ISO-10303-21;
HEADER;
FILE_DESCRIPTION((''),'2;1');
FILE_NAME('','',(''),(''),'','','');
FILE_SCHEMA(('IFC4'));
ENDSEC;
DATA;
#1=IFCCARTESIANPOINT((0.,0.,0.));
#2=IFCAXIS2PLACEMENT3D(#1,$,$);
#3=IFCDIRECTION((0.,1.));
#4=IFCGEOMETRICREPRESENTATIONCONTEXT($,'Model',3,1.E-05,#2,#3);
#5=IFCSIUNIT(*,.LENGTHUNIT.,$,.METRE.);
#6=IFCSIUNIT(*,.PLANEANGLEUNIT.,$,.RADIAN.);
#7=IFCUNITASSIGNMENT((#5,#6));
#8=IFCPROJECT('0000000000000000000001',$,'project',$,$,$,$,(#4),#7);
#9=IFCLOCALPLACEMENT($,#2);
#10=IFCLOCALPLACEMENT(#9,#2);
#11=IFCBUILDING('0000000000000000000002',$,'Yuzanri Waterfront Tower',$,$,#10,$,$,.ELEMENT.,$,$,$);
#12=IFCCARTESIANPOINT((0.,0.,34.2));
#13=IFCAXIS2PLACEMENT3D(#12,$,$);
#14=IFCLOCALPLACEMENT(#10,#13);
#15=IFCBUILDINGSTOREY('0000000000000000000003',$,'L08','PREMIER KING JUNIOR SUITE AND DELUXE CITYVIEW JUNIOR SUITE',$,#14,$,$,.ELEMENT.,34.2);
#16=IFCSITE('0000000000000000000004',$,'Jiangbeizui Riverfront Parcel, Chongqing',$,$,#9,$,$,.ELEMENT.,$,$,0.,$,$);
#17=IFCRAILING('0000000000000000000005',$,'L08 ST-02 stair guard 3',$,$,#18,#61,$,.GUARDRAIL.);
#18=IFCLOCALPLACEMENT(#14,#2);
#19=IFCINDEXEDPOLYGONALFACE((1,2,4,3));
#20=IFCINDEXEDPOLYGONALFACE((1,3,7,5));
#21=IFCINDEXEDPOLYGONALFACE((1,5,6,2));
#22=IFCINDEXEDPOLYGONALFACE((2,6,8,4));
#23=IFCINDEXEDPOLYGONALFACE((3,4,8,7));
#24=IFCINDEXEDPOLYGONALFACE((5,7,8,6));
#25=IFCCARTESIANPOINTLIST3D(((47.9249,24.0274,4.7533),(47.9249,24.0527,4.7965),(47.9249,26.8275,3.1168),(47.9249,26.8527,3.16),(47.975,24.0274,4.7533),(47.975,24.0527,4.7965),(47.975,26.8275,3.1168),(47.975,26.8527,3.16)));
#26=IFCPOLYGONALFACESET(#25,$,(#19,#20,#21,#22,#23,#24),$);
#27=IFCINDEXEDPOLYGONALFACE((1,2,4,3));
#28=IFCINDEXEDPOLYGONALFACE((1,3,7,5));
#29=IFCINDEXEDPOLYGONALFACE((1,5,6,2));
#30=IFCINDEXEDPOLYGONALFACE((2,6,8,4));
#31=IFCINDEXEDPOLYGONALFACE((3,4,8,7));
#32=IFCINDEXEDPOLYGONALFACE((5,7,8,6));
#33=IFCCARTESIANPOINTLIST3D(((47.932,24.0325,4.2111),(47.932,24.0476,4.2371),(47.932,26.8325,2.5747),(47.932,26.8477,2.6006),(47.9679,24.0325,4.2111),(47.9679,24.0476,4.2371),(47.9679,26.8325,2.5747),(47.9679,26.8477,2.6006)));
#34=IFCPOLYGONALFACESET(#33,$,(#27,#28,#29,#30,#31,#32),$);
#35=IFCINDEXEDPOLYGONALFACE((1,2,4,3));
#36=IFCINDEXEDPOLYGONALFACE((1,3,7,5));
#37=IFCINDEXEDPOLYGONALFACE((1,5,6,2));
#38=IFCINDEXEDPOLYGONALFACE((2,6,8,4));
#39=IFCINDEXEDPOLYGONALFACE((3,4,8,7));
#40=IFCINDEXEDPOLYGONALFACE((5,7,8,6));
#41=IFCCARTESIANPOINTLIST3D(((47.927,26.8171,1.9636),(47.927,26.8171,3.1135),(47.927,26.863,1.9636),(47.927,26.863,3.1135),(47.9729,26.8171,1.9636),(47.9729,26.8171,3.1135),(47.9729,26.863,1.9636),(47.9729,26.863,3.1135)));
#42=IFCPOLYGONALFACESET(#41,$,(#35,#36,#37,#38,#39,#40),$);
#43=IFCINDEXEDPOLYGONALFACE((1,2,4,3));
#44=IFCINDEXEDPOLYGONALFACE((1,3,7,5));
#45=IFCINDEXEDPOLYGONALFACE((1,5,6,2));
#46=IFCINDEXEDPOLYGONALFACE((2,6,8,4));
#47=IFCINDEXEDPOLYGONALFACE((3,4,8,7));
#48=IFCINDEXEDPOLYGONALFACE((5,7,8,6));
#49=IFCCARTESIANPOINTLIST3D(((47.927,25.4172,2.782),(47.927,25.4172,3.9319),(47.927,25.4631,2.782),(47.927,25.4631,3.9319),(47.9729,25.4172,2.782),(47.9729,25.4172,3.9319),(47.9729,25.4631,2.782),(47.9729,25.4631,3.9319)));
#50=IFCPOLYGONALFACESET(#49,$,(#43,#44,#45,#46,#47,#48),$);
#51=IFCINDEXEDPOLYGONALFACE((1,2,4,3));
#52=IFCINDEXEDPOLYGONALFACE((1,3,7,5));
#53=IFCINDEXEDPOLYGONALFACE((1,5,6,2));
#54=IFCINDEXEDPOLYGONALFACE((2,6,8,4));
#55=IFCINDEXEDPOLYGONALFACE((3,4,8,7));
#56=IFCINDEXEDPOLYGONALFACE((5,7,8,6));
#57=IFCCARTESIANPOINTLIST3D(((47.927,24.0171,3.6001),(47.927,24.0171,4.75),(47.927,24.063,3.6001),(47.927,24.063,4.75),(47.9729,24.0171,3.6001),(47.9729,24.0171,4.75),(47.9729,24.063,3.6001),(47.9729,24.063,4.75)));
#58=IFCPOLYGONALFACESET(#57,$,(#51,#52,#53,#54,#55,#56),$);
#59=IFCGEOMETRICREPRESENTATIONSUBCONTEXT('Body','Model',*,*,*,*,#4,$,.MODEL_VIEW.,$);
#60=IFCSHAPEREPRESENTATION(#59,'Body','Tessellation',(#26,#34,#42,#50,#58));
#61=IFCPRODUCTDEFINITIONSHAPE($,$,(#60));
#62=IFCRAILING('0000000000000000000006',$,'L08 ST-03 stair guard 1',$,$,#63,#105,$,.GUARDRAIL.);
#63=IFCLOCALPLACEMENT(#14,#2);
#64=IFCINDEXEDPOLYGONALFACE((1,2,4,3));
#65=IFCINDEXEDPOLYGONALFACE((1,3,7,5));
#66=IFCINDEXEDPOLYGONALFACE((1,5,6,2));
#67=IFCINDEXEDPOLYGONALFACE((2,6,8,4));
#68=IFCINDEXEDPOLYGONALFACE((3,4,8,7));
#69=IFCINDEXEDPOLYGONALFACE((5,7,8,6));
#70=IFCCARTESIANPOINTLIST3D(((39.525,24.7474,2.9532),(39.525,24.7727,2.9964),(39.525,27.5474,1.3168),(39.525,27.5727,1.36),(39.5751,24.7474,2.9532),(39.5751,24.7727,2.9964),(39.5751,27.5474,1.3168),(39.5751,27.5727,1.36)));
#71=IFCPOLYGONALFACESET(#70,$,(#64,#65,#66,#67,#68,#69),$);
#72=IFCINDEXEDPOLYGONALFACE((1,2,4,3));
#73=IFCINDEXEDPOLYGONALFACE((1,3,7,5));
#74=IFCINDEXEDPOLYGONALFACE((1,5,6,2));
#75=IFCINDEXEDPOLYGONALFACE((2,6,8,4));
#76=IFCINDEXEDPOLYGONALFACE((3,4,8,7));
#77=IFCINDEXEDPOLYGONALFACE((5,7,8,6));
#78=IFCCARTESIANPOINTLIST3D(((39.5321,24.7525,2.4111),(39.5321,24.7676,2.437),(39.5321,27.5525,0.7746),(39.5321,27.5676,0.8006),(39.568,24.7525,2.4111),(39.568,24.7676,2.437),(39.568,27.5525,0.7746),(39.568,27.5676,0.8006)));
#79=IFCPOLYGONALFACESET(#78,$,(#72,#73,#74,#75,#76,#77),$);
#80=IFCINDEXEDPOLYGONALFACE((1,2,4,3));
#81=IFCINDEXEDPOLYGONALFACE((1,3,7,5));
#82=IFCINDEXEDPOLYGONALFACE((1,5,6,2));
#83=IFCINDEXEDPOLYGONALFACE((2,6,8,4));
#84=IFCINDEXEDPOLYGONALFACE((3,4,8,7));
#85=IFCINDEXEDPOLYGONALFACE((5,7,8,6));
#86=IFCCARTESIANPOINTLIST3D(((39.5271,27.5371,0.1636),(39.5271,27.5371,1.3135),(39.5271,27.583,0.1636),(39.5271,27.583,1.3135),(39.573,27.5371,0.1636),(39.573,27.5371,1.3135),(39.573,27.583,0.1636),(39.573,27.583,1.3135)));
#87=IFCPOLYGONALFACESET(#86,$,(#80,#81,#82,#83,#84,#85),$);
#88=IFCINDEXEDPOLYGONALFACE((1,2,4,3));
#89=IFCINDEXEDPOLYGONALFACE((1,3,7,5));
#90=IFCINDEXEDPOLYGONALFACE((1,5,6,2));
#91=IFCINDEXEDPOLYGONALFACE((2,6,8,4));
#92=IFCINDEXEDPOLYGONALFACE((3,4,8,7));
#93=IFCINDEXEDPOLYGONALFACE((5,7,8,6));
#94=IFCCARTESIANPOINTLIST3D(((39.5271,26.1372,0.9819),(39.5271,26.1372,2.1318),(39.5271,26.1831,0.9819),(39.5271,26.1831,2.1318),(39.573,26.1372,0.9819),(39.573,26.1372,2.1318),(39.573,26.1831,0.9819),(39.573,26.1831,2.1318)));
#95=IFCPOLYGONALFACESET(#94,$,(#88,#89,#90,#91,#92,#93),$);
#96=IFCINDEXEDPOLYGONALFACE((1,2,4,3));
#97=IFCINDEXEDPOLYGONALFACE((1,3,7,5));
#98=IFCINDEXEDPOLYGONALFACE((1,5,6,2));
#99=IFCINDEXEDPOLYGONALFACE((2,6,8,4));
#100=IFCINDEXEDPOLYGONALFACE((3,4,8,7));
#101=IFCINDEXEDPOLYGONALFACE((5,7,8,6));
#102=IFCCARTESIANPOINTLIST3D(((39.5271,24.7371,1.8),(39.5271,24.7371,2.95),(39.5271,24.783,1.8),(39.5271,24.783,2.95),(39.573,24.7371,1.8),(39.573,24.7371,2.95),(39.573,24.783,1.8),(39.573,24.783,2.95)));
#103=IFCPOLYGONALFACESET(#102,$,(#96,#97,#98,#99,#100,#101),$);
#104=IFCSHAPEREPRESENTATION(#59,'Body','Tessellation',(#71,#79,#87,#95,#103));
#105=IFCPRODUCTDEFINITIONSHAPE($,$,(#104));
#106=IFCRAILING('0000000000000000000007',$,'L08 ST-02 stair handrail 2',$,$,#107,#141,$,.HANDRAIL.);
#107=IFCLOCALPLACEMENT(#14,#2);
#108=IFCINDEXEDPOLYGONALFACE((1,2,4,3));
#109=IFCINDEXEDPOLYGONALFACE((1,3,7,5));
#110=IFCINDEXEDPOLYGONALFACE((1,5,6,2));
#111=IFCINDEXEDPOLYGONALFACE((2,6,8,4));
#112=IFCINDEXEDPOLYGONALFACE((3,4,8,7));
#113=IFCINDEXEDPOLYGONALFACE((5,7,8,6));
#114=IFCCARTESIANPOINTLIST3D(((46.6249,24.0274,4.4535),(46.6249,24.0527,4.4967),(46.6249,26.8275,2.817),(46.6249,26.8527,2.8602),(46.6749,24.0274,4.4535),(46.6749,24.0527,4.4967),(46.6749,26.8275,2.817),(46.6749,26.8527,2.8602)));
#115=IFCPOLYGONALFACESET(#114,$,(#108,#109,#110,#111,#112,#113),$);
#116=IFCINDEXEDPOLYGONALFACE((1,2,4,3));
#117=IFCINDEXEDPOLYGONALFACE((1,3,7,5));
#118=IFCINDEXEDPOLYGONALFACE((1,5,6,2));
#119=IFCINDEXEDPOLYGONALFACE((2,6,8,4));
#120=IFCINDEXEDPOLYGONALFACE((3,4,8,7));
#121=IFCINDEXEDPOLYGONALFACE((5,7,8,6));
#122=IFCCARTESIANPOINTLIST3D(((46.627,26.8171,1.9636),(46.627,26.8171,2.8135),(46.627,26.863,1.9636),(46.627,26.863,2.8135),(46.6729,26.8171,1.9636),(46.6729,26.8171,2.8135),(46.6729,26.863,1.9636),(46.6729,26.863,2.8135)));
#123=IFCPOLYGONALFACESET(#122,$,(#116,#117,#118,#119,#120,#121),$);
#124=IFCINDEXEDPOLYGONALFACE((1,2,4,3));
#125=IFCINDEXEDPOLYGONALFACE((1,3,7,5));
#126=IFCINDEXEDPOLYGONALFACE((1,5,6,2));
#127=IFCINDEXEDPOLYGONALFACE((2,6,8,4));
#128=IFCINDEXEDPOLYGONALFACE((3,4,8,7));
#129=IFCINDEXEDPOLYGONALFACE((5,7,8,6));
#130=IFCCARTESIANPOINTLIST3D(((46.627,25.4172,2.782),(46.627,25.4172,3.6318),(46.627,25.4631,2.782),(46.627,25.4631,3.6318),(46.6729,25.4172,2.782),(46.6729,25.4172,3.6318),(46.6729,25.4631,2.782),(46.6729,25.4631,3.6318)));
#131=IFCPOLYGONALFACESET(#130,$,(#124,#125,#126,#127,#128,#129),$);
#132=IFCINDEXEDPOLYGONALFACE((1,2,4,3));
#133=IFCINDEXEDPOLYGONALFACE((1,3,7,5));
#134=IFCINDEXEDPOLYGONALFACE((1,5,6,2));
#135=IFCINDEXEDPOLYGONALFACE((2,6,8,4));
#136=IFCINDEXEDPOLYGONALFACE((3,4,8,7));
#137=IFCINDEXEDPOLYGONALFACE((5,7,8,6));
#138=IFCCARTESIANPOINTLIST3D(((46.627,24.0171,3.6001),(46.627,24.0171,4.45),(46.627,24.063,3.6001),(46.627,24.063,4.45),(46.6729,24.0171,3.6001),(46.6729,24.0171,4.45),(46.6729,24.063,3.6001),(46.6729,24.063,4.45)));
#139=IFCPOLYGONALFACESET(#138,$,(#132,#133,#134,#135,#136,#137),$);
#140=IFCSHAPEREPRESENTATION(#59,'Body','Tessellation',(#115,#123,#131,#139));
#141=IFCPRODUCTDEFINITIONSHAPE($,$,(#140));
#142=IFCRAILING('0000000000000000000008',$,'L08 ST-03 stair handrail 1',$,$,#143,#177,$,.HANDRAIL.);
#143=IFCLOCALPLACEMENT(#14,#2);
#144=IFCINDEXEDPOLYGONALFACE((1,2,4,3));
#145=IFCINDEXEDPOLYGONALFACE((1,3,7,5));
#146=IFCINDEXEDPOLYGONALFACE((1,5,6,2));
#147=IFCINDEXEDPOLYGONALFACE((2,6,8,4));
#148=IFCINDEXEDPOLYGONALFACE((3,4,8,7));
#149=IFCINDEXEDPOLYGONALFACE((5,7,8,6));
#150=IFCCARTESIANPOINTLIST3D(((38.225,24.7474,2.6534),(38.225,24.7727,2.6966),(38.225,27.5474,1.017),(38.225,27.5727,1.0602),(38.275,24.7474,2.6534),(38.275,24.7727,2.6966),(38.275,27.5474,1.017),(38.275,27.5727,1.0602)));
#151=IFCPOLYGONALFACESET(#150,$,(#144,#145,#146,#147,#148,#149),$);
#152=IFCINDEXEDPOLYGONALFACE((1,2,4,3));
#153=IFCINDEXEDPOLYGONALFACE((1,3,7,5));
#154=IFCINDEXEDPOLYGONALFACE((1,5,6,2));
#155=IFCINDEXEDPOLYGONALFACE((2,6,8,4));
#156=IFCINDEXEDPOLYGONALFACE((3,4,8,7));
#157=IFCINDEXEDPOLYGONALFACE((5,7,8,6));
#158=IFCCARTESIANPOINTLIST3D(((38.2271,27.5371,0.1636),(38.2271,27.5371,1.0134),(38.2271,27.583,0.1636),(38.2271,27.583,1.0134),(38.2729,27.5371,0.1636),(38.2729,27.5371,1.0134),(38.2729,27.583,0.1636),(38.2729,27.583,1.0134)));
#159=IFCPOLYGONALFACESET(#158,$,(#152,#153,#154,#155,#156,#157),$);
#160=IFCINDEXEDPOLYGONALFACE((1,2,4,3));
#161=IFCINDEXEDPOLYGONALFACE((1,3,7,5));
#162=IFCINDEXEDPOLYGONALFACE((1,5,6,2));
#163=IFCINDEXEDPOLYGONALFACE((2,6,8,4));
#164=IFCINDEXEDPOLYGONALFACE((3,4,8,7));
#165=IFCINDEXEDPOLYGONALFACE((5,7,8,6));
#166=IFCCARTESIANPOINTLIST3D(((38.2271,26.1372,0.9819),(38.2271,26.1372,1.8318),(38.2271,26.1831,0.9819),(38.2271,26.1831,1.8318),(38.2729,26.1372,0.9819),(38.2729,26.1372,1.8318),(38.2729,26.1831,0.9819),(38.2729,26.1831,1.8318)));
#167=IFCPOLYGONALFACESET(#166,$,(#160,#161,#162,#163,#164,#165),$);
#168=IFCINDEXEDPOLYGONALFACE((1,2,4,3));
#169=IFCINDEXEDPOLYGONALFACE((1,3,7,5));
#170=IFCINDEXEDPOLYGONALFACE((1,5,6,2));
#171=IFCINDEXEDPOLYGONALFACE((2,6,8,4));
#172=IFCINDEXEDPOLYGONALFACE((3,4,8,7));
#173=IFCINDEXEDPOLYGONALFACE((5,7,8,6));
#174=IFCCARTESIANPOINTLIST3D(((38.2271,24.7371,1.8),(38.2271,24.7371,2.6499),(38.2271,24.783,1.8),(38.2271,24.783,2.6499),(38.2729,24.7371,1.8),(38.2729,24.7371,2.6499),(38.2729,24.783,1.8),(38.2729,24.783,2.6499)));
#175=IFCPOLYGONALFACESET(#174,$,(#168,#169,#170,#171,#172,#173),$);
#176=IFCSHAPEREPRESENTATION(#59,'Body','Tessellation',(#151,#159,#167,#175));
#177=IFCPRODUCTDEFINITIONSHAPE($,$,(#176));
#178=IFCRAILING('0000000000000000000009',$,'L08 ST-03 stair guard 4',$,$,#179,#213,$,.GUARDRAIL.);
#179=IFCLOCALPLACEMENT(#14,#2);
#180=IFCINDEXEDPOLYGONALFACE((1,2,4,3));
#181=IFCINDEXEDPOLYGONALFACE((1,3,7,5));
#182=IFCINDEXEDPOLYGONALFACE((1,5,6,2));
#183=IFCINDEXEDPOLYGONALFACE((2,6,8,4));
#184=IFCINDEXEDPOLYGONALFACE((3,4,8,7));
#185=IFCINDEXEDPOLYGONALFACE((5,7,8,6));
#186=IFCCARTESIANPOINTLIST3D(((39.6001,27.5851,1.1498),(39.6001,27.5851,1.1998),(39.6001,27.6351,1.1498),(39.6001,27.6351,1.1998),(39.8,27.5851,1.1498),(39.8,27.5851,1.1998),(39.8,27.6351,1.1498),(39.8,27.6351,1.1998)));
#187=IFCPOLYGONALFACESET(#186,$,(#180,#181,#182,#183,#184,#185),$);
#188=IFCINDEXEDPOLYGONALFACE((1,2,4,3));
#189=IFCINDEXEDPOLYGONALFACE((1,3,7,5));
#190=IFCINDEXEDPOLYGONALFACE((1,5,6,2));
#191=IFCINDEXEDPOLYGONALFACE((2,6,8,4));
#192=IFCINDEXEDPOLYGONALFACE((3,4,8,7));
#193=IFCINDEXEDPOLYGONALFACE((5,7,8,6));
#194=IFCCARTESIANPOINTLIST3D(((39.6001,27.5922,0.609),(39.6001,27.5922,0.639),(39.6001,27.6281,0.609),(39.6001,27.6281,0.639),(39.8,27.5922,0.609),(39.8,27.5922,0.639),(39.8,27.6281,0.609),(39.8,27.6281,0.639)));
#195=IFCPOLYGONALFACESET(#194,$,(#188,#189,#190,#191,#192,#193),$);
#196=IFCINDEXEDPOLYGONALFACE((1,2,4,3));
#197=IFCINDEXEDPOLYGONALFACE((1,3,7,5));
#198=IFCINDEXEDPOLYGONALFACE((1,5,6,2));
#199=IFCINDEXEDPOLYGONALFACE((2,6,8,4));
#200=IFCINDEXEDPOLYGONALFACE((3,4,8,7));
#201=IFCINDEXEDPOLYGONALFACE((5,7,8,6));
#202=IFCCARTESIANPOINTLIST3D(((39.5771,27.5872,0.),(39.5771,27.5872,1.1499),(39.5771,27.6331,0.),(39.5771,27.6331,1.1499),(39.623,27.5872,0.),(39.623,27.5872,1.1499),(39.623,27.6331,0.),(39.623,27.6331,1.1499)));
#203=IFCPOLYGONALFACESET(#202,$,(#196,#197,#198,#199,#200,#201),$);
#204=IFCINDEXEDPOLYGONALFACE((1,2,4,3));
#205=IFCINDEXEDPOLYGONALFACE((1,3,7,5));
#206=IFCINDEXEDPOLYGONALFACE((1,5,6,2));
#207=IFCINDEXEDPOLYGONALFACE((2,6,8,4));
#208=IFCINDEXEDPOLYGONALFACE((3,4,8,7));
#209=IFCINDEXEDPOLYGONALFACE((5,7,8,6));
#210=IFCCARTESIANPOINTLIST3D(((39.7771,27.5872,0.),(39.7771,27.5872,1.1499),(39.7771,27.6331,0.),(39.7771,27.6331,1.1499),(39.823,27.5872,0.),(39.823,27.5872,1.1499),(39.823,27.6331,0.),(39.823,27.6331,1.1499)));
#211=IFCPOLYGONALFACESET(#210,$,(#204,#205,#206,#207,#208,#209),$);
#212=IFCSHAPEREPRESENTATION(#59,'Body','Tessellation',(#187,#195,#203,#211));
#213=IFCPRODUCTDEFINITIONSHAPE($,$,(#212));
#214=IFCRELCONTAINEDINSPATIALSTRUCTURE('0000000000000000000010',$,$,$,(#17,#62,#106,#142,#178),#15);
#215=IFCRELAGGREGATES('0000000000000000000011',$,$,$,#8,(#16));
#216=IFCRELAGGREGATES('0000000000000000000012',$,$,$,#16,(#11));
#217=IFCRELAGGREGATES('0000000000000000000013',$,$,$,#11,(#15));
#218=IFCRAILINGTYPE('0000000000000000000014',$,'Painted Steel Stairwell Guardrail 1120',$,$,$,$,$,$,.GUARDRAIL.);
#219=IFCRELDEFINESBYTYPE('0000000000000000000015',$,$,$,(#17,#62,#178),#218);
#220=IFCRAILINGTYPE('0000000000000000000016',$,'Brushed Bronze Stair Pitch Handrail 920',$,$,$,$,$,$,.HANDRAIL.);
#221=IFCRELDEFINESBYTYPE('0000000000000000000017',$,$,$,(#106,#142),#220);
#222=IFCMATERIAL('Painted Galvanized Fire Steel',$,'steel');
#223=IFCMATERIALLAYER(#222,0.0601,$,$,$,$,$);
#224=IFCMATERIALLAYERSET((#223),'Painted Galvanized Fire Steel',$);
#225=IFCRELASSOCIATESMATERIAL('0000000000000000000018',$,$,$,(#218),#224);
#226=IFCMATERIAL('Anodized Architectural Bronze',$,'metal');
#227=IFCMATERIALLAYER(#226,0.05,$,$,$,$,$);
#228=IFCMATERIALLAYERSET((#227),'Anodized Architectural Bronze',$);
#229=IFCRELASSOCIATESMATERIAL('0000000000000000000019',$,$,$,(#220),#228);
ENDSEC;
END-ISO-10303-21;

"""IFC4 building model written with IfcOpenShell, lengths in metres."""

from ifc_helpers import new_model, si_unit, direction, frame, origin, origin_2d, place, context, subcontext, project, spatial, rectangle, extrude, source, transform, mapped, material, layer, layer_set, type_object, element, save


model = new_model("IFC4")

# Units and contexts
model_context = context("Model", 3, precision=1e-05, world=origin(), true_north=direction((0.0, 1.0)))
body_context = subcontext(model_context, "Body", "Model", "MODEL_VIEW")
ifc_project = project(units=[si_unit("LENGTHUNIT", "METRE"), si_unit("PLANEANGLEUNIT", "RADIAN")], contexts=[model_context])

# Site, building, storey
site_placement = place(None, origin())
site = spatial("IfcSite", under=ifc_project, at=site_placement, Name="Jiangbeizui Riverfront Parcel, Chongqing", CompositionType="ELEMENT", RefElevation=0.0)
building_placement = place(site_placement, origin())
building = spatial("IfcBuilding", under=site, at=building_placement, Name="Yuzanri Waterfront Tower", CompositionType="ELEMENT")
storey_placement = place(building_placement, frame((0.0, 0.0, 34.2)))
storey = spatial("IfcBuildingStorey", under=building, at=storey_placement, Name="L08", Description="PREMIER KING JUNIOR SUITE AND DELUXE CITYVIEW JUNIOR SUITE", CompositionType="ELEMENT", Elevation=34.2)

# Railings
ifc_material_1 = material(Name="Painted Galvanized Fire Steel", Category="steel")
ifc_layer_1 = layer(ifc_material_1, 0.0601)
ifc_layer_set_1 = layer_set([ifc_layer_1], Name="Painted Galvanized Fire Steel")
railing_type_1 = type_object("IfcRailingType", Name="Painted Steel Stairwell Guardrail 1120", PredefinedType="GUARDRAIL", material=ifc_layer_set_1)
shared_shape_1 = source(origin(), body_context, "Body", "SweptSolid", [
    extrude(rectangle(XDim=0.05, YDim=0.05, at=origin_2d()), frame((0.0, 0.0, 1.1748), z_axis=(0.0, -0.863361, 0.504587), x_axis=(1.0, 0.0, 0.0)), (0.0, 0.0, 1.0), 3.2432),
    extrude(rectangle(XDim=0.0359, YDim=0.03, at=origin_2d()), frame((0.0, 0.0, 0.624), z_axis=(0.0, -0.863361, 0.504587), x_axis=(1.0, 0.0, 0.0)), (0.0, 0.0, 1.0), 3.2432),
    extrude(rectangle(XDim=0.0459, YDim=0.0459, at=origin_2d()), origin(), (0.0, 0.0, 1.0), 1.1499),
    extrude(rectangle(XDim=0.0459, YDim=0.0459, at=origin_2d()), frame((0.0, -1.3999, 0.8184)), (0.0, 0.0, 1.0), 1.1499),
    extrude(rectangle(XDim=0.0459, YDim=0.0459, at=origin_2d()), frame((0.0, -2.8, 1.6365)), (0.0, 0.0, 1.0), 1.1499),
])
for number, where, name in (
    (1, (47.95, 26.8401, 1.9636), "L08 ST-02 stair guard 3"),
    (2, (39.55, 27.5601, 0.1636), "L08 ST-03 stair guard 1"),
):
    element("IfcRailing", number, at=place(storey_placement, frame(where)), inside=storey, type_object=railing_type_1, Name=name, PredefinedType="GUARDRAIL", context=body_context, shape_type="MappedRepresentation", body=[
        mapped(shared_shape_1, transform((0.0, 0.0, 0.0), scale=1.0)),
    ])
ifc_material_2 = material(Name="Anodized Architectural Bronze", Category="metal")
ifc_layer_2 = layer(ifc_material_2, 0.05)
ifc_layer_set_2 = layer_set([ifc_layer_2], Name="Anodized Architectural Bronze")
railing_type_2 = type_object("IfcRailingType", Name="Brushed Bronze Stair Pitch Handrail 920", PredefinedType="HANDRAIL", material=ifc_layer_set_2)
shared_shape_2 = source(origin(), body_context, "Body", "SweptSolid", [
    extrude(rectangle(XDim=0.05, YDim=0.05, at=origin_2d()), frame((0.0, 0.0, 0.875), z_axis=(0.0, -0.863361, 0.504587), x_axis=(1.0, 0.0, 0.0)), (0.0, 0.0, 1.0), 3.2432),
    extrude(rectangle(XDim=0.0459, YDim=0.0459, at=origin_2d()), origin(), (0.0, 0.0, 1.0), 0.8499),
    extrude(rectangle(XDim=0.0459, YDim=0.0459, at=origin_2d()), frame((0.0, -1.3999, 0.8184)), (0.0, 0.0, 1.0), 0.8499),
    extrude(rectangle(XDim=0.0459, YDim=0.0459, at=origin_2d()), frame((0.0, -2.8, 1.6365)), (0.0, 0.0, 1.0), 0.8499),
])
for number, where, name in (
    (3, (46.6499, 26.8401, 1.9636), "L08 ST-02 stair handrail 2"),
    (4, (38.25, 27.5601, 0.1636), "L08 ST-03 stair handrail 1"),
):
    element("IfcRailing", number, at=place(storey_placement, frame(where)), inside=storey, type_object=railing_type_2, Name=name, PredefinedType="HANDRAIL", context=body_context, shape_type="MappedRepresentation", body=[
        mapped(shared_shape_2, transform((0.0, 0.0, 0.0), scale=1.0)),
    ])
shared_shape_3 = source(origin(), body_context, "Body", "SweptSolid", [
    extrude(rectangle(XDim=0.05, YDim=0.05, at=origin_2d()), frame((0.0, 0.0, 1.1748), z_axis=(1.0, 0.0, 0.0), x_axis=(0.0, 1.0, 0.0)), (0.0, 0.0, 1.0), 0.2),
    extrude(rectangle(XDim=0.0359, YDim=0.03, at=origin_2d()), frame((0.0, 0.0, 0.624), z_axis=(1.0, 0.0, 0.0), x_axis=(0.0, 1.0, 0.0)), (0.0, 0.0, 1.0), 0.2),
    extrude(rectangle(XDim=0.0459, YDim=0.0459, at=origin_2d()), origin(), (0.0, 0.0, 1.0), 1.1499),
    extrude(rectangle(XDim=0.0459, YDim=0.0459, at=origin_2d()), frame((0.2, 0.0, 0.0)), (0.0, 0.0, 1.0), 1.1499),
])
railing_1_placement = place(storey_placement, frame((39.6001, 27.6101, 0.0)))
element("IfcRailing", 5, at=railing_1_placement, inside=storey, type_object=railing_type_1, Name="L08 ST-03 stair guard 4", PredefinedType="GUARDRAIL", context=body_context, shape_type="MappedRepresentation", body=[
    mapped(shared_shape_3, transform((0.0, 0.0, 0.0), scale=1.0)),
])

save(model, "model.ifc")
